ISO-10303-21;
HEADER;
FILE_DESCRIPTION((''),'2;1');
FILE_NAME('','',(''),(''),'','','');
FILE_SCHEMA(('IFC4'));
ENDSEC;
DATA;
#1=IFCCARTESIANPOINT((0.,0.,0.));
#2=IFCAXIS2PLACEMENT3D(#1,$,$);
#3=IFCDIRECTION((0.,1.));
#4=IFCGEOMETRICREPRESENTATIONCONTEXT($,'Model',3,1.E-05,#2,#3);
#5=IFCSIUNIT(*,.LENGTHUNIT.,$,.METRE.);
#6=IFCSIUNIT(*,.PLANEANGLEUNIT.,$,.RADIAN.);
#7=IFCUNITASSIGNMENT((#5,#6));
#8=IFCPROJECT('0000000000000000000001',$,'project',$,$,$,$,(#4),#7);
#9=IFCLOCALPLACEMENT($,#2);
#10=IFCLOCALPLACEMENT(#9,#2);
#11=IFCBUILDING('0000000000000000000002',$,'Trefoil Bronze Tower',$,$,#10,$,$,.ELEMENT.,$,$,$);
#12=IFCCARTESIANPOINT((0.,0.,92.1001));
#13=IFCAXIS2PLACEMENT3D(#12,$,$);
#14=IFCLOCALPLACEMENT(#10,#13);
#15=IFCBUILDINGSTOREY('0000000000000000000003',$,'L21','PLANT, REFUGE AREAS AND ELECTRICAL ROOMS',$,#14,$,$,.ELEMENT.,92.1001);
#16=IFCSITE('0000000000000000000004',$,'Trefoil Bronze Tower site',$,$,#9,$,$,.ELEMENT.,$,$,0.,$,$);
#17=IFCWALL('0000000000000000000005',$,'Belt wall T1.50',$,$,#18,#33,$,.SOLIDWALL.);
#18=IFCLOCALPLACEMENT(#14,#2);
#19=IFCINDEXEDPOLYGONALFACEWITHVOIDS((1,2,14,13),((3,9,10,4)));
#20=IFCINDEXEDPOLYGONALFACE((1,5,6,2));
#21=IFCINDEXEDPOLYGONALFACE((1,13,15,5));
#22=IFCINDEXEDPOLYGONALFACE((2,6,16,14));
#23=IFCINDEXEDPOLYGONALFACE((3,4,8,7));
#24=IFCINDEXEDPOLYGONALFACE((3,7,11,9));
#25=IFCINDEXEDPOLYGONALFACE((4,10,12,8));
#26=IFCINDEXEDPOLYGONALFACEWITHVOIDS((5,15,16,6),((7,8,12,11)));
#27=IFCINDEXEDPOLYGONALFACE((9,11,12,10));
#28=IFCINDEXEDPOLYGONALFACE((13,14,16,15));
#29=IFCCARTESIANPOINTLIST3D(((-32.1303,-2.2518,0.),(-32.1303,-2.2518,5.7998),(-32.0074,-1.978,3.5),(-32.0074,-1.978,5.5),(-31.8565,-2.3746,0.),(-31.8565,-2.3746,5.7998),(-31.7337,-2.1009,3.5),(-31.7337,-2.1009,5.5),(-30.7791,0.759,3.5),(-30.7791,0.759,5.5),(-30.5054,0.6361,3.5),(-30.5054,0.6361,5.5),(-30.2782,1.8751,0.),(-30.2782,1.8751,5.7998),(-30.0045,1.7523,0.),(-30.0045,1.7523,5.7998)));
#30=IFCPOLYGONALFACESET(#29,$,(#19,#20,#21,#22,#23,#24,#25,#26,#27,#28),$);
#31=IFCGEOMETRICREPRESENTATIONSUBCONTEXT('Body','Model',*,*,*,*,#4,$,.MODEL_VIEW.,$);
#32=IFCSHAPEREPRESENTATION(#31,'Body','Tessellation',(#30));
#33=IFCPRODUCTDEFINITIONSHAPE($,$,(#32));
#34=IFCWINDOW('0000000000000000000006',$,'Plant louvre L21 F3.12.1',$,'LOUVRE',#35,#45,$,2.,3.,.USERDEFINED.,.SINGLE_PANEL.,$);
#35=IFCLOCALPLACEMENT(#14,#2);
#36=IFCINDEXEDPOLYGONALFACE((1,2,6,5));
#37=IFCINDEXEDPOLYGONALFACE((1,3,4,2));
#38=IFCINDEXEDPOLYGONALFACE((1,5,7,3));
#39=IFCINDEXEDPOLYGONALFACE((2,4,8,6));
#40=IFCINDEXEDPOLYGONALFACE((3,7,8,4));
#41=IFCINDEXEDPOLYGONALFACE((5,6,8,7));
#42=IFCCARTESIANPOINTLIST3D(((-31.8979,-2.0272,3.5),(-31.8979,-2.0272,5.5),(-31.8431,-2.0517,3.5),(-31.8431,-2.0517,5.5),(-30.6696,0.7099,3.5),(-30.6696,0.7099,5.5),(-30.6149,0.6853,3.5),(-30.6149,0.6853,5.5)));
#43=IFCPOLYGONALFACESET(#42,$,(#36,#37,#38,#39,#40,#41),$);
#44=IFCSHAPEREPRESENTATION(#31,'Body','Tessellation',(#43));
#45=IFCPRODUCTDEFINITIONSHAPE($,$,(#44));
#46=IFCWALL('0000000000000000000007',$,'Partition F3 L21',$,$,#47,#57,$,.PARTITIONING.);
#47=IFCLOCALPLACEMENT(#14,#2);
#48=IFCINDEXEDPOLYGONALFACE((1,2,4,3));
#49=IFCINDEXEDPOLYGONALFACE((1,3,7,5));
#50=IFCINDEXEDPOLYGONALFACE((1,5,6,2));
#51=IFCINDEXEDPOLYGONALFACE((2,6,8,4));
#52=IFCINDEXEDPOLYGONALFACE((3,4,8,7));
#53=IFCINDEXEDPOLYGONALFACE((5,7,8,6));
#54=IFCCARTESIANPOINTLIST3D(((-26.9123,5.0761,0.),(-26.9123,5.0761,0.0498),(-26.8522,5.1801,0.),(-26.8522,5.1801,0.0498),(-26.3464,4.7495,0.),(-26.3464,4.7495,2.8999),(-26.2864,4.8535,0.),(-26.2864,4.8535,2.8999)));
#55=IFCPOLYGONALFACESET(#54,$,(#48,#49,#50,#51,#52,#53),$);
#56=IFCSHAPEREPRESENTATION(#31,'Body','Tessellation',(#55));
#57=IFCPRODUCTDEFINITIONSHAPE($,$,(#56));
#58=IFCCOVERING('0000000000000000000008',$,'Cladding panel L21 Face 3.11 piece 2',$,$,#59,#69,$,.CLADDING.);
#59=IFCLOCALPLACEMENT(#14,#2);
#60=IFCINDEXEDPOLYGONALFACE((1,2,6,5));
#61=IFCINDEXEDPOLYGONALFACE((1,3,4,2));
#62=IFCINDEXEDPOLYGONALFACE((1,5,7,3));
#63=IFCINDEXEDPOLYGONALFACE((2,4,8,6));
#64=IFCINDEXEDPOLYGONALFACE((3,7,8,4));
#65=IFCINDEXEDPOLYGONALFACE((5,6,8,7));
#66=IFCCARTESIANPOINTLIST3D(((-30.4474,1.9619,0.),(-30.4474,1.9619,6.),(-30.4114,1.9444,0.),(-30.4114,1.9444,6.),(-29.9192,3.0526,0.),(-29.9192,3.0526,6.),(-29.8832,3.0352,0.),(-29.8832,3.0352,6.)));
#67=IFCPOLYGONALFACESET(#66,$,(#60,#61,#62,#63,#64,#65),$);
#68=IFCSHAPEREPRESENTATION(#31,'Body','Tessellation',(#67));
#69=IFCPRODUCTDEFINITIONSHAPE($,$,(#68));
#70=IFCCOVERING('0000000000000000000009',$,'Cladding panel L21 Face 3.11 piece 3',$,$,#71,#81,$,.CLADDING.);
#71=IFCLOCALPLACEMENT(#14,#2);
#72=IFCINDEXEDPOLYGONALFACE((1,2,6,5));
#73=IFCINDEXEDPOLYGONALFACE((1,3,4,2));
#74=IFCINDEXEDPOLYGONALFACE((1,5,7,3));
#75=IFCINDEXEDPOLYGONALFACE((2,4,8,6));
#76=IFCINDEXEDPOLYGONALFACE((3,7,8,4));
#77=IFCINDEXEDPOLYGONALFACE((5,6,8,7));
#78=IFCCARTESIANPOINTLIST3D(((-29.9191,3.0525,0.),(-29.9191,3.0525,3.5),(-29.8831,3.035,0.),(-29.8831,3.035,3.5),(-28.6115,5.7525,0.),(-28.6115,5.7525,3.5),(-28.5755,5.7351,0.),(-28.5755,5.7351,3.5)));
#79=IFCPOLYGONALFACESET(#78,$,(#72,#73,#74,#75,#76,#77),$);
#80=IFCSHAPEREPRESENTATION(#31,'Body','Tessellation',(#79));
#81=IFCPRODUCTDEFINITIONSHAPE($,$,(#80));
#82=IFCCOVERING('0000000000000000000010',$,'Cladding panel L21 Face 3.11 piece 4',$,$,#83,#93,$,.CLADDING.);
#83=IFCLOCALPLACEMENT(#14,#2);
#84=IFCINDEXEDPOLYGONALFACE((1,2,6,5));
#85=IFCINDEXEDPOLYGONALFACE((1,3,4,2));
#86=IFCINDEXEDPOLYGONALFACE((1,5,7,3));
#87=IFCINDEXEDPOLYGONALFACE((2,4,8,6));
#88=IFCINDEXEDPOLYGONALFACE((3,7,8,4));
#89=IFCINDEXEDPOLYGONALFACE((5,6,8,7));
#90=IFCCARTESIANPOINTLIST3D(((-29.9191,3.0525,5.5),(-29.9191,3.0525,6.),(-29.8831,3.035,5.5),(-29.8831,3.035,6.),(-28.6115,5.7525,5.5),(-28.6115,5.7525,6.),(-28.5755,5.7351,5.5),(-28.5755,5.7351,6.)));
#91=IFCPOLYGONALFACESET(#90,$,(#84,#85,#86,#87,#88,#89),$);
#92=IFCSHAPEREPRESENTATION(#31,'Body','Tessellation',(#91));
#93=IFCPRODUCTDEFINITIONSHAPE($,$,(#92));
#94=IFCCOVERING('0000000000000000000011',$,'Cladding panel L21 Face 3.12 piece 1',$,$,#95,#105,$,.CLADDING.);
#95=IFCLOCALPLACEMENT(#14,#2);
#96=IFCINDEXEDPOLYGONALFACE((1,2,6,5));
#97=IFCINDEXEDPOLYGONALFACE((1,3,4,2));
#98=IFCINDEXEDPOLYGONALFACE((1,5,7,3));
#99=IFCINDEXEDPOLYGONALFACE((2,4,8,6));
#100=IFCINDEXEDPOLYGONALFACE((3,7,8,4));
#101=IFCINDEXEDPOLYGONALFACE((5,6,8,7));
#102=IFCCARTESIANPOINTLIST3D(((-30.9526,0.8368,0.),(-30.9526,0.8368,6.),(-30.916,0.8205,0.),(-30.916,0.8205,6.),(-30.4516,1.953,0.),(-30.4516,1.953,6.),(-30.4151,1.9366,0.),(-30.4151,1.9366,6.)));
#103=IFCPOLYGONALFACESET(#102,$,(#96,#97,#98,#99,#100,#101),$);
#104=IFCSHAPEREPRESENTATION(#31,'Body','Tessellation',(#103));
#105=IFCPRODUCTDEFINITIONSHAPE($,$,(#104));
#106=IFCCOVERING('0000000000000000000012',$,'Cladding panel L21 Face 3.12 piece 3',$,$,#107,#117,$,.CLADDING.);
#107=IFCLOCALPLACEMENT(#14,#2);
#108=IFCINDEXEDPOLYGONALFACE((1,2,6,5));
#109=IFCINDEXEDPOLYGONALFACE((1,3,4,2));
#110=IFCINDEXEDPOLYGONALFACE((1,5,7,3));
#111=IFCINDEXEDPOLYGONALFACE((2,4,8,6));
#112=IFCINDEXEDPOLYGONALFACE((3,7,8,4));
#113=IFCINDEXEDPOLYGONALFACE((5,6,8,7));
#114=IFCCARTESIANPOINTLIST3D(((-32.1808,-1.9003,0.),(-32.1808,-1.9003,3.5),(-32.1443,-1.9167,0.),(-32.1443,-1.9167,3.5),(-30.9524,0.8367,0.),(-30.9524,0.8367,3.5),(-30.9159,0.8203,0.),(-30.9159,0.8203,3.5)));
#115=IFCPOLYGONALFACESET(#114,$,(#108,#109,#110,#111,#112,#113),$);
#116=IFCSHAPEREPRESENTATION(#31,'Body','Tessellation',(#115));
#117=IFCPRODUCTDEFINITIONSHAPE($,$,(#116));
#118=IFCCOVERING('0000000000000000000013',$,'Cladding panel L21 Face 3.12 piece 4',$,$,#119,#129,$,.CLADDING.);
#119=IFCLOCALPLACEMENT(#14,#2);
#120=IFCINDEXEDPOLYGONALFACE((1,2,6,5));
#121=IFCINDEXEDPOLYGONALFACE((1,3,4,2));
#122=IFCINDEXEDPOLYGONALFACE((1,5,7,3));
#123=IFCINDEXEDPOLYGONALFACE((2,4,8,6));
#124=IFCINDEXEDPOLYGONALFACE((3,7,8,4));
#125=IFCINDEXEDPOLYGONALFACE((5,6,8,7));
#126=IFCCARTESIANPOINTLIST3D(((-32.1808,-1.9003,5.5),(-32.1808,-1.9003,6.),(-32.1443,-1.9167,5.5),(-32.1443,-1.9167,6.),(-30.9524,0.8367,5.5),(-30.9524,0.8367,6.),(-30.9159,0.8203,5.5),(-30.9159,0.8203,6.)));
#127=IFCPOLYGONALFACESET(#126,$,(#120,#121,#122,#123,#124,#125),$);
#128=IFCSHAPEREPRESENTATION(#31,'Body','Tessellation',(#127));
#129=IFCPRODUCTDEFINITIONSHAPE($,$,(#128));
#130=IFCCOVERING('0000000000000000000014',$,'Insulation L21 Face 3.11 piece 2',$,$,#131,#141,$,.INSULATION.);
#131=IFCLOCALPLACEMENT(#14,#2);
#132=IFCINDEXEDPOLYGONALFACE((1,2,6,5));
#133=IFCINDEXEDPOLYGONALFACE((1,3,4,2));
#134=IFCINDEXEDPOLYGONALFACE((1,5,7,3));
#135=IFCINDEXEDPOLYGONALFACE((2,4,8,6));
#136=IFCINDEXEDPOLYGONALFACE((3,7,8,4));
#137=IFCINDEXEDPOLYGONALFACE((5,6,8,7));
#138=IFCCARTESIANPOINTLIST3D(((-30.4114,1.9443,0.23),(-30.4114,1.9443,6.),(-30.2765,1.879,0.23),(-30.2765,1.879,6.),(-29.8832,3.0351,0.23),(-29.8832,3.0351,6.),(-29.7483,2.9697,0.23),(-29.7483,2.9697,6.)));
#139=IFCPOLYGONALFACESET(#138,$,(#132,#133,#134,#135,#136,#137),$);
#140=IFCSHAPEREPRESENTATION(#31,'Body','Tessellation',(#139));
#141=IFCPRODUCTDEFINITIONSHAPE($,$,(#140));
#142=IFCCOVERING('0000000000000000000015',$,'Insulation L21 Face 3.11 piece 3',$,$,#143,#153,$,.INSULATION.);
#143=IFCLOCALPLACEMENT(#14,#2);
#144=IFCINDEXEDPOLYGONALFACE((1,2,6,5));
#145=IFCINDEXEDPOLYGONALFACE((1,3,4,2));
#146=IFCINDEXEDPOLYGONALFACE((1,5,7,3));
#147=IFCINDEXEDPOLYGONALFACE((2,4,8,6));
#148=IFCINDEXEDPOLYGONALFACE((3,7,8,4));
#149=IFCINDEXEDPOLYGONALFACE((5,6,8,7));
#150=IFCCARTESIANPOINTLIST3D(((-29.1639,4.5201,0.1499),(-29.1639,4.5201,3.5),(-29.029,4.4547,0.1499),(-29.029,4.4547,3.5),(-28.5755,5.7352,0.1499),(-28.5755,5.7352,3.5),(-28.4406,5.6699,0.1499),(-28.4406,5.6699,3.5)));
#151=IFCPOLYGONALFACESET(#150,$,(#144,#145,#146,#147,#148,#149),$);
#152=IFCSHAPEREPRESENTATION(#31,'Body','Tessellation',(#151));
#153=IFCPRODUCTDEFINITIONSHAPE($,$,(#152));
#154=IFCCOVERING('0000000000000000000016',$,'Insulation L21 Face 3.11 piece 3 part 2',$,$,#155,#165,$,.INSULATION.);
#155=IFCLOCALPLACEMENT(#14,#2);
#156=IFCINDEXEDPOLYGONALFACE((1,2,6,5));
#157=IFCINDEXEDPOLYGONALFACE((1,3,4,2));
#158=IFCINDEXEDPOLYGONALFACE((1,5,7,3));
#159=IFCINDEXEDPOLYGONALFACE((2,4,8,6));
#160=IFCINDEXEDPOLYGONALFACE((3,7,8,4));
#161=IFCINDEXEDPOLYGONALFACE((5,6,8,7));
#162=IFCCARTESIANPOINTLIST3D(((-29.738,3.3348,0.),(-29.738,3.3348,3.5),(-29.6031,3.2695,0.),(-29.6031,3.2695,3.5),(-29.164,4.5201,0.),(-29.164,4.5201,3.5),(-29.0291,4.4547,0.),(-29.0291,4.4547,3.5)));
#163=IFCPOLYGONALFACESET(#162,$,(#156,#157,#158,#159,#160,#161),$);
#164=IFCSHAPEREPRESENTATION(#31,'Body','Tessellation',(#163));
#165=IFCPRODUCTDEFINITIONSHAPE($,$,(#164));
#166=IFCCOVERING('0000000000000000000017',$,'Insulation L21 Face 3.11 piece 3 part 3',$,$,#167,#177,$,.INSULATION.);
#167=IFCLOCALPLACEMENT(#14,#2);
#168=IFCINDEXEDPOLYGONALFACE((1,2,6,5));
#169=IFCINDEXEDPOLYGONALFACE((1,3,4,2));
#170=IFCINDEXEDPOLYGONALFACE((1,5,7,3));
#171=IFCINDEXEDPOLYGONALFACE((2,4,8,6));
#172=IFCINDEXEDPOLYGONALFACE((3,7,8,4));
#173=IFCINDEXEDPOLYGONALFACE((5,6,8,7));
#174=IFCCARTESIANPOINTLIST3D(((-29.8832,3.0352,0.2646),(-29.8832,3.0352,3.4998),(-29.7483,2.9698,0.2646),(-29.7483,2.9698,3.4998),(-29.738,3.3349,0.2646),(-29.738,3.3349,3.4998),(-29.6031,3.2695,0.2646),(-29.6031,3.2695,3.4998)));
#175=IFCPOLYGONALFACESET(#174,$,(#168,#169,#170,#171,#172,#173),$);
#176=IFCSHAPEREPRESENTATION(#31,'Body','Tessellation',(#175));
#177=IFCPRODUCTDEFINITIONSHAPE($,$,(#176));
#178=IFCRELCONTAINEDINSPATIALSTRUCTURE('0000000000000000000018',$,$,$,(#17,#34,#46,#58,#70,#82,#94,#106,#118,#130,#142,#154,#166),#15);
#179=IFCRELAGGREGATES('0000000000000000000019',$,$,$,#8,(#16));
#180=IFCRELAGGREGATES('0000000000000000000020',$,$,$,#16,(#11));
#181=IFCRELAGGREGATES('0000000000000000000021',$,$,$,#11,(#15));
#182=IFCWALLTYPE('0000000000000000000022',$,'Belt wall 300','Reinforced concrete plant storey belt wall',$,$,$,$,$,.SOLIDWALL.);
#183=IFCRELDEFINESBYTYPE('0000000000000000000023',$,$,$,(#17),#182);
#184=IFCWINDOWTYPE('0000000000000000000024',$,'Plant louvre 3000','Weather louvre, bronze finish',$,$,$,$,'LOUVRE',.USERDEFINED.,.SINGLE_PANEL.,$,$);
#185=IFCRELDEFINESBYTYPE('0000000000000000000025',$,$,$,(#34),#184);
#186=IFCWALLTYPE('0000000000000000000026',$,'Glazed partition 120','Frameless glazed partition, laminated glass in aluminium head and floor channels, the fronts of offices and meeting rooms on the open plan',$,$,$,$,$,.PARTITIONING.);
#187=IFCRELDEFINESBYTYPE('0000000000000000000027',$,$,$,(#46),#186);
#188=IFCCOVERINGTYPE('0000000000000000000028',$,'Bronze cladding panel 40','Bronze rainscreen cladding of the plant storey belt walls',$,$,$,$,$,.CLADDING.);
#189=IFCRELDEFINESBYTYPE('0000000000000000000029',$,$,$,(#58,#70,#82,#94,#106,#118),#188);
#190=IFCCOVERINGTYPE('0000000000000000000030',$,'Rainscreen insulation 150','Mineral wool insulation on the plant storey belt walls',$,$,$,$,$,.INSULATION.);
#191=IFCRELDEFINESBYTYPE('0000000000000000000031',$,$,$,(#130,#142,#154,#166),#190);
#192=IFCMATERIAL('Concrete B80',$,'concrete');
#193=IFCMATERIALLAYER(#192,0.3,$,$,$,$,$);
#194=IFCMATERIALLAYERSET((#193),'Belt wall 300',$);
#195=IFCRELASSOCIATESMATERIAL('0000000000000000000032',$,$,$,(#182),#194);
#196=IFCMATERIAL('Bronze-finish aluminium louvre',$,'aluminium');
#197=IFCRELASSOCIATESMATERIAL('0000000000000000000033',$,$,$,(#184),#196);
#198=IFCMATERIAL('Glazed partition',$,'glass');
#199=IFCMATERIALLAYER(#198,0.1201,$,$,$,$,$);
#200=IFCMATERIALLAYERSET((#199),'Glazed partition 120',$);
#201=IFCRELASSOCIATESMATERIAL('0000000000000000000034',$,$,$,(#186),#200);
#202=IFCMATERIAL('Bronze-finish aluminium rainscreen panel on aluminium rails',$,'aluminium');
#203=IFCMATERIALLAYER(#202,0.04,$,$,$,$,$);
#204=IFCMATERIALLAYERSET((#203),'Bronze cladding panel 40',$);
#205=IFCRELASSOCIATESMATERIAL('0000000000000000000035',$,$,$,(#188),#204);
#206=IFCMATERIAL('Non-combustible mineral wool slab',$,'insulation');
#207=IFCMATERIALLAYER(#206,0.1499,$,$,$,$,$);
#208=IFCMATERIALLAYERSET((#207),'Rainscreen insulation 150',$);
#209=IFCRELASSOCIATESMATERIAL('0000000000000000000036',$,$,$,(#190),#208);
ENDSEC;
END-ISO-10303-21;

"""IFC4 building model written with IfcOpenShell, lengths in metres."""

from ifc_helpers import new_model, si_unit, direction, frame, frame_2d, origin, origin_2d, place, context, subcontext, project, spatial, polyline, rectangle, outline, extrude, material, layer, layer_set, type_object, element, fill, save


model = new_model("IFC4")

# Units and contexts
model_context = context("Model", 3, precision=1e-05, world=origin(), true_north=direction((0.0, 1.0)))
body_context = subcontext(model_context, "Body", "Model", "MODEL_VIEW")
ifc_project = project(units=[si_unit("LENGTHUNIT", "METRE"), si_unit("PLANEANGLEUNIT", "RADIAN")], contexts=[model_context])

# Site, building, storey
site_placement = place(None, origin())
site = spatial("IfcSite", under=ifc_project, at=site_placement, Name="Trefoil Bronze Tower site", CompositionType="ELEMENT", RefElevation=0.0)
building_placement = place(site_placement, origin())
building = spatial("IfcBuilding", under=site, at=building_placement, Name="Trefoil Bronze Tower", CompositionType="ELEMENT")
storey_placement = place(building_placement, frame((0.0, 0.0, 92.1001)))
storey = spatial("IfcBuildingStorey", under=building, at=storey_placement, Name="L21", Description="PLANT, REFUGE AREAS AND ELECTRICAL ROOMS", CompositionType="ELEMENT", Elevation=92.1001)

# Wall, opening, window
ifc_material_1 = material(Name="Concrete B80", Category="concrete")
ifc_layer_1 = layer(ifc_material_1, 0.3)
ifc_layer_set_1 = layer_set([ifc_layer_1], Name="Belt wall 300")
wall_type_1 = type_object("IfcWallType", Name="Belt wall 300", Description="Reinforced concrete plant storey belt wall", PredefinedType="SOLIDWALL", material=ifc_layer_set_1)
wall_1_placement = place(storey_placement, frame((-30.1414, 1.8137, 0.0), z_axis=(0.0, 0.0, 1.0), x_axis=(-0.409431, -0.912341, 0.0)))
wall_1 = element("IfcWall", 1, at=wall_1_placement, inside=storey, type_object=wall_type_1, Name="Belt wall T1.50", PredefinedType="SOLIDWALL", context=body_context, shape_type="SweptSolid", body=[
    extrude(rectangle(XDim=4.5234, YDim=0.3, at=frame_2d((2.2617, 0.0))), origin(), (0.0, 0.0, 1.0), 5.7998),
])
opening_placement = place(wall_1_placement, frame((1.2234, 0.0, 3.5)))
opening = element("IfcOpeningElement", 2, at=opening_placement, cuts=wall_1, PredefinedType="OPENING", context=body_context, shape_type="SweptSolid", body=[
    extrude(rectangle(XDim=3.0, YDim=2.0, at=frame_2d((1.5, 1.0))), frame((0.0, 0.1599, 0.0), z_axis=(0.0, -1.0, 0.0), x_axis=(1.0, 0.0, 0.0)), (0.0, 0.0, 1.0), 0.3201),
])
ifc_material_2 = material(Name="Bronze-finish aluminium louvre", Category="aluminium")
window_type = type_object("IfcWindowType", Name="Plant louvre 3000", Description="Weather louvre, bronze finish", ElementType="LOUVRE", PartitioningType="SINGLE_PANEL", PredefinedType="USERDEFINED", material=ifc_material_2)
window_placement = place(opening_placement, origin())
window = element("IfcWindow", 3, at=window_placement, inside=storey, type_object=window_type, Name="Plant louvre L21 F3.12.1", ObjectType="LOUVRE", OverallHeight=2.0, OverallWidth=3.0, PartitioningType="SINGLE_PANEL", PredefinedType="USERDEFINED", context=body_context, shape_type="SweptSolid", body=[
    extrude(rectangle(XDim=3.0, YDim=2.0, at=frame_2d((1.5, 1.0))), frame((0.0, 0.03, 0.0), z_axis=(0.0, -1.0, 0.0), x_axis=(1.0, 0.0, 0.0)), (0.0, 0.0, 1.0), 0.0601),
])
fill(opening, window)

# Wall
ifc_material_3 = material(Name="Glazed partition", Category="glass")
ifc_layer_2 = layer(ifc_material_3, 0.1201)
ifc_layer_set_2 = layer_set([ifc_layer_2], Name="Glazed partition 120")
wall_type_2 = type_object("IfcWallType", Name="Glazed partition 120", Description="Frameless glazed partition, laminated glass in aluminium head and floor channels, the fronts of offices and meeting rooms on the open plan", PredefinedType="PARTITIONING", material=ifc_layer_set_2)
wall_2_placement = place(storey_placement, frame((-26.3164, 4.8015, 0.0), z_axis=(0.0, 0.0, 1.0), x_axis=(-0.866074, 0.499917, 0.0)))
element("IfcWall", 4, at=wall_2_placement, inside=storey, type_object=wall_type_2, Name="Partition F3 L21", PredefinedType="PARTITIONING", context=body_context, shape_type="SweptSolid", body=[
    extrude(outline(polyline([(0.0, 0.0), (0.6533, 0.0), (0.6533, 0.0498), (0.0, 2.8999), (0.0, 0.0)])), frame((0.0, 0.0601, 0.0), z_axis=(0.0, -1.0, 0.0), x_axis=(1.0, 0.0, 0.0)), (0.0, 0.0, 1.0), 0.1201),
])

# Coverings
ifc_material_4 = material(Name="Bronze-finish aluminium rainscreen panel on aluminium rails", Category="aluminium")
ifc_layer_3 = layer(ifc_material_4, 0.04)
ifc_layer_set_3 = layer_set([ifc_layer_3], Name="Bronze cladding panel 40")
covering_type_1 = type_object("IfcCoveringType", Name="Bronze cladding panel 40", Description="Bronze rainscreen cladding of the plant storey belt walls", PredefinedType="CLADDING", material=ifc_layer_set_3)
covering_1_placement = place(storey_placement, frame((-30.1653, 2.4985, 0.0), z_axis=(0.0, 0.0, 1.0), x_axis=(-0.435855, -0.900017, 0.0)))
element("IfcCovering", 5, at=covering_1_placement, inside=storey, type_object=covering_type_1, Name="Cladding panel L21 Face 3.11 piece 2", PredefinedType="CLADDING", context=body_context, shape_type="SweptSolid", body=[
    extrude(rectangle(XDim=1.2119, YDim=0.04, at=origin_2d()), origin(), (0.0, 0.0, 1.0), 6.0),
])
covering_2_placement = place(storey_placement, frame((-29.2473, 4.3938, 0.0), z_axis=(0.0, 0.0, 1.0), x_axis=(-0.435855, -0.900017, 0.0)))
element("IfcCovering", 6, at=covering_2_placement, inside=storey, type_object=covering_type_1, Name="Cladding panel L21 Face 3.11 piece 3", PredefinedType="CLADDING", context=body_context, shape_type="SweptSolid", body=[
    extrude(rectangle(XDim=3.0, YDim=0.04, at=origin_2d()), origin(), (0.0, 0.0, 1.0), 3.5),
])
covering_3_placement = place(storey_placement, frame((-29.2473, 4.3938, 5.5), z_axis=(0.0, 0.0, 1.0), x_axis=(-0.435855, -0.900017, 0.0)))
element("IfcCovering", 7, at=covering_3_placement, inside=storey, type_object=covering_type_1, Name="Cladding panel L21 Face 3.11 piece 4", PredefinedType="CLADDING", context=body_context, shape_type="SweptSolid", body=[
    extrude(rectangle(XDim=3.0, YDim=0.04, at=origin_2d()), origin(), (0.0, 0.0, 1.0), 0.5),
])
covering_4_placement = place(storey_placement, frame((-30.6838, 1.3867, 0.0), z_axis=(0.0, 0.0, 1.0), x_axis=(-0.409456, -0.91233, 0.0)))
element("IfcCovering", 8, at=covering_4_placement, inside=storey, type_object=covering_type_1, Name="Cladding panel L21 Face 3.12 piece 1", PredefinedType="CLADDING", context=body_context, shape_type="SweptSolid", body=[
    extrude(rectangle(XDim=1.2234, YDim=0.04, at=origin_2d()), origin(), (0.0, 0.0, 1.0), 6.0),
])
covering_5_placement = place(storey_placement, frame((-31.5483, -0.54, 0.0), z_axis=(0.0, 0.0, 1.0), x_axis=(-0.409456, -0.91233, 0.0)))
element("IfcCovering", 9, at=covering_5_placement, inside=storey, type_object=covering_type_1, Name="Cladding panel L21 Face 3.12 piece 3", PredefinedType="CLADDING", context=body_context, shape_type="SweptSolid", body=[
    extrude(rectangle(XDim=3.0, YDim=0.04, at=origin_2d()), origin(), (0.0, 0.0, 1.0), 3.5),
])
covering_6_placement = place(storey_placement, frame((-31.5483, -0.54, 5.5), z_axis=(0.0, 0.0, 1.0), x_axis=(-0.409456, -0.91233, 0.0)))
element("IfcCovering", 10, at=covering_6_placement, inside=storey, type_object=covering_type_1, Name="Cladding panel L21 Face 3.12 piece 4", PredefinedType="CLADDING", context=body_context, shape_type="SweptSolid", body=[
    extrude(rectangle(XDim=3.0, YDim=0.04, at=origin_2d()), origin(), (0.0, 0.0, 1.0), 0.5),
])
ifc_material_5 = material(Name="Non-combustible mineral wool slab", Category="insulation")
ifc_layer_4 = layer(ifc_material_5, 0.1499)
ifc_layer_set_4 = layer_set([ifc_layer_4], Name="Rainscreen insulation 150")
covering_type_2 = type_object("IfcCoveringType", Name="Rainscreen insulation 150", Description="Mineral wool insulation on the plant storey belt walls", PredefinedType="INSULATION", material=ifc_layer_set_4)
covering_7_placement = place(storey_placement, frame((-30.0798, 2.457, 0.23), z_axis=(0.0, 0.0, 1.0), x_axis=(-0.435855, -0.900017, 0.0)))
element("IfcCovering", 11, at=covering_7_placement, inside=storey, type_object=covering_type_2, Name="Insulation L21 Face 3.11 piece 2", PredefinedType="INSULATION", context=body_context, shape_type="SweptSolid", body=[
    extrude(rectangle(XDim=1.2119, YDim=0.1499, at=origin_2d()), origin(), (0.0, 0.0, 1.0), 5.77),
])
covering_8_placement = place(storey_placement, frame((-28.8022, 5.095, 0.1499), z_axis=(0.0, 0.0, 1.0), x_axis=(-0.435855, -0.900017, 0.0)))
element("IfcCovering", 12, at=covering_8_placement, inside=storey, type_object=covering_type_2, Name="Insulation L21 Face 3.11 piece 3", PredefinedType="INSULATION", context=body_context, shape_type="SweptSolid", body=[
    extrude(rectangle(XDim=1.3501, YDim=0.1499, at=origin_2d()), origin(), (0.0, 0.0, 1.0), 3.3501),
])
covering_9_placement = place(storey_placement, frame((-29.3835, 3.8948, 0.0), z_axis=(0.0, 0.0, 1.0), x_axis=(-0.435855, -0.900017, 0.0)))
element("IfcCovering", 13, at=covering_9_placement, inside=storey, type_object=covering_type_2, Name="Insulation L21 Face 3.11 piece 3 part 2", PredefinedType="INSULATION", context=body_context, shape_type="SweptSolid", body=[
    extrude(rectangle(XDim=1.3169, YDim=0.1499, at=origin_2d()), origin(), (0.0, 0.0, 1.0), 3.5),
])
covering_10_placement = place(storey_placement, frame((-29.7432, 3.1523, 0.2646), z_axis=(0.0, 0.0, 1.0), x_axis=(-0.435855, -0.900017, 0.0)))
element("IfcCovering", 14, at=covering_10_placement, inside=storey, type_object=covering_type_2, Name="Insulation L21 Face 3.11 piece 3 part 3", PredefinedType="INSULATION", context=body_context, shape_type="SweptSolid", body=[
    extrude(rectangle(XDim=0.333, YDim=0.1499, at=origin_2d()), origin(), (0.0, 0.0, 1.0), 3.2351),
])

save(model, "model.ifc")
